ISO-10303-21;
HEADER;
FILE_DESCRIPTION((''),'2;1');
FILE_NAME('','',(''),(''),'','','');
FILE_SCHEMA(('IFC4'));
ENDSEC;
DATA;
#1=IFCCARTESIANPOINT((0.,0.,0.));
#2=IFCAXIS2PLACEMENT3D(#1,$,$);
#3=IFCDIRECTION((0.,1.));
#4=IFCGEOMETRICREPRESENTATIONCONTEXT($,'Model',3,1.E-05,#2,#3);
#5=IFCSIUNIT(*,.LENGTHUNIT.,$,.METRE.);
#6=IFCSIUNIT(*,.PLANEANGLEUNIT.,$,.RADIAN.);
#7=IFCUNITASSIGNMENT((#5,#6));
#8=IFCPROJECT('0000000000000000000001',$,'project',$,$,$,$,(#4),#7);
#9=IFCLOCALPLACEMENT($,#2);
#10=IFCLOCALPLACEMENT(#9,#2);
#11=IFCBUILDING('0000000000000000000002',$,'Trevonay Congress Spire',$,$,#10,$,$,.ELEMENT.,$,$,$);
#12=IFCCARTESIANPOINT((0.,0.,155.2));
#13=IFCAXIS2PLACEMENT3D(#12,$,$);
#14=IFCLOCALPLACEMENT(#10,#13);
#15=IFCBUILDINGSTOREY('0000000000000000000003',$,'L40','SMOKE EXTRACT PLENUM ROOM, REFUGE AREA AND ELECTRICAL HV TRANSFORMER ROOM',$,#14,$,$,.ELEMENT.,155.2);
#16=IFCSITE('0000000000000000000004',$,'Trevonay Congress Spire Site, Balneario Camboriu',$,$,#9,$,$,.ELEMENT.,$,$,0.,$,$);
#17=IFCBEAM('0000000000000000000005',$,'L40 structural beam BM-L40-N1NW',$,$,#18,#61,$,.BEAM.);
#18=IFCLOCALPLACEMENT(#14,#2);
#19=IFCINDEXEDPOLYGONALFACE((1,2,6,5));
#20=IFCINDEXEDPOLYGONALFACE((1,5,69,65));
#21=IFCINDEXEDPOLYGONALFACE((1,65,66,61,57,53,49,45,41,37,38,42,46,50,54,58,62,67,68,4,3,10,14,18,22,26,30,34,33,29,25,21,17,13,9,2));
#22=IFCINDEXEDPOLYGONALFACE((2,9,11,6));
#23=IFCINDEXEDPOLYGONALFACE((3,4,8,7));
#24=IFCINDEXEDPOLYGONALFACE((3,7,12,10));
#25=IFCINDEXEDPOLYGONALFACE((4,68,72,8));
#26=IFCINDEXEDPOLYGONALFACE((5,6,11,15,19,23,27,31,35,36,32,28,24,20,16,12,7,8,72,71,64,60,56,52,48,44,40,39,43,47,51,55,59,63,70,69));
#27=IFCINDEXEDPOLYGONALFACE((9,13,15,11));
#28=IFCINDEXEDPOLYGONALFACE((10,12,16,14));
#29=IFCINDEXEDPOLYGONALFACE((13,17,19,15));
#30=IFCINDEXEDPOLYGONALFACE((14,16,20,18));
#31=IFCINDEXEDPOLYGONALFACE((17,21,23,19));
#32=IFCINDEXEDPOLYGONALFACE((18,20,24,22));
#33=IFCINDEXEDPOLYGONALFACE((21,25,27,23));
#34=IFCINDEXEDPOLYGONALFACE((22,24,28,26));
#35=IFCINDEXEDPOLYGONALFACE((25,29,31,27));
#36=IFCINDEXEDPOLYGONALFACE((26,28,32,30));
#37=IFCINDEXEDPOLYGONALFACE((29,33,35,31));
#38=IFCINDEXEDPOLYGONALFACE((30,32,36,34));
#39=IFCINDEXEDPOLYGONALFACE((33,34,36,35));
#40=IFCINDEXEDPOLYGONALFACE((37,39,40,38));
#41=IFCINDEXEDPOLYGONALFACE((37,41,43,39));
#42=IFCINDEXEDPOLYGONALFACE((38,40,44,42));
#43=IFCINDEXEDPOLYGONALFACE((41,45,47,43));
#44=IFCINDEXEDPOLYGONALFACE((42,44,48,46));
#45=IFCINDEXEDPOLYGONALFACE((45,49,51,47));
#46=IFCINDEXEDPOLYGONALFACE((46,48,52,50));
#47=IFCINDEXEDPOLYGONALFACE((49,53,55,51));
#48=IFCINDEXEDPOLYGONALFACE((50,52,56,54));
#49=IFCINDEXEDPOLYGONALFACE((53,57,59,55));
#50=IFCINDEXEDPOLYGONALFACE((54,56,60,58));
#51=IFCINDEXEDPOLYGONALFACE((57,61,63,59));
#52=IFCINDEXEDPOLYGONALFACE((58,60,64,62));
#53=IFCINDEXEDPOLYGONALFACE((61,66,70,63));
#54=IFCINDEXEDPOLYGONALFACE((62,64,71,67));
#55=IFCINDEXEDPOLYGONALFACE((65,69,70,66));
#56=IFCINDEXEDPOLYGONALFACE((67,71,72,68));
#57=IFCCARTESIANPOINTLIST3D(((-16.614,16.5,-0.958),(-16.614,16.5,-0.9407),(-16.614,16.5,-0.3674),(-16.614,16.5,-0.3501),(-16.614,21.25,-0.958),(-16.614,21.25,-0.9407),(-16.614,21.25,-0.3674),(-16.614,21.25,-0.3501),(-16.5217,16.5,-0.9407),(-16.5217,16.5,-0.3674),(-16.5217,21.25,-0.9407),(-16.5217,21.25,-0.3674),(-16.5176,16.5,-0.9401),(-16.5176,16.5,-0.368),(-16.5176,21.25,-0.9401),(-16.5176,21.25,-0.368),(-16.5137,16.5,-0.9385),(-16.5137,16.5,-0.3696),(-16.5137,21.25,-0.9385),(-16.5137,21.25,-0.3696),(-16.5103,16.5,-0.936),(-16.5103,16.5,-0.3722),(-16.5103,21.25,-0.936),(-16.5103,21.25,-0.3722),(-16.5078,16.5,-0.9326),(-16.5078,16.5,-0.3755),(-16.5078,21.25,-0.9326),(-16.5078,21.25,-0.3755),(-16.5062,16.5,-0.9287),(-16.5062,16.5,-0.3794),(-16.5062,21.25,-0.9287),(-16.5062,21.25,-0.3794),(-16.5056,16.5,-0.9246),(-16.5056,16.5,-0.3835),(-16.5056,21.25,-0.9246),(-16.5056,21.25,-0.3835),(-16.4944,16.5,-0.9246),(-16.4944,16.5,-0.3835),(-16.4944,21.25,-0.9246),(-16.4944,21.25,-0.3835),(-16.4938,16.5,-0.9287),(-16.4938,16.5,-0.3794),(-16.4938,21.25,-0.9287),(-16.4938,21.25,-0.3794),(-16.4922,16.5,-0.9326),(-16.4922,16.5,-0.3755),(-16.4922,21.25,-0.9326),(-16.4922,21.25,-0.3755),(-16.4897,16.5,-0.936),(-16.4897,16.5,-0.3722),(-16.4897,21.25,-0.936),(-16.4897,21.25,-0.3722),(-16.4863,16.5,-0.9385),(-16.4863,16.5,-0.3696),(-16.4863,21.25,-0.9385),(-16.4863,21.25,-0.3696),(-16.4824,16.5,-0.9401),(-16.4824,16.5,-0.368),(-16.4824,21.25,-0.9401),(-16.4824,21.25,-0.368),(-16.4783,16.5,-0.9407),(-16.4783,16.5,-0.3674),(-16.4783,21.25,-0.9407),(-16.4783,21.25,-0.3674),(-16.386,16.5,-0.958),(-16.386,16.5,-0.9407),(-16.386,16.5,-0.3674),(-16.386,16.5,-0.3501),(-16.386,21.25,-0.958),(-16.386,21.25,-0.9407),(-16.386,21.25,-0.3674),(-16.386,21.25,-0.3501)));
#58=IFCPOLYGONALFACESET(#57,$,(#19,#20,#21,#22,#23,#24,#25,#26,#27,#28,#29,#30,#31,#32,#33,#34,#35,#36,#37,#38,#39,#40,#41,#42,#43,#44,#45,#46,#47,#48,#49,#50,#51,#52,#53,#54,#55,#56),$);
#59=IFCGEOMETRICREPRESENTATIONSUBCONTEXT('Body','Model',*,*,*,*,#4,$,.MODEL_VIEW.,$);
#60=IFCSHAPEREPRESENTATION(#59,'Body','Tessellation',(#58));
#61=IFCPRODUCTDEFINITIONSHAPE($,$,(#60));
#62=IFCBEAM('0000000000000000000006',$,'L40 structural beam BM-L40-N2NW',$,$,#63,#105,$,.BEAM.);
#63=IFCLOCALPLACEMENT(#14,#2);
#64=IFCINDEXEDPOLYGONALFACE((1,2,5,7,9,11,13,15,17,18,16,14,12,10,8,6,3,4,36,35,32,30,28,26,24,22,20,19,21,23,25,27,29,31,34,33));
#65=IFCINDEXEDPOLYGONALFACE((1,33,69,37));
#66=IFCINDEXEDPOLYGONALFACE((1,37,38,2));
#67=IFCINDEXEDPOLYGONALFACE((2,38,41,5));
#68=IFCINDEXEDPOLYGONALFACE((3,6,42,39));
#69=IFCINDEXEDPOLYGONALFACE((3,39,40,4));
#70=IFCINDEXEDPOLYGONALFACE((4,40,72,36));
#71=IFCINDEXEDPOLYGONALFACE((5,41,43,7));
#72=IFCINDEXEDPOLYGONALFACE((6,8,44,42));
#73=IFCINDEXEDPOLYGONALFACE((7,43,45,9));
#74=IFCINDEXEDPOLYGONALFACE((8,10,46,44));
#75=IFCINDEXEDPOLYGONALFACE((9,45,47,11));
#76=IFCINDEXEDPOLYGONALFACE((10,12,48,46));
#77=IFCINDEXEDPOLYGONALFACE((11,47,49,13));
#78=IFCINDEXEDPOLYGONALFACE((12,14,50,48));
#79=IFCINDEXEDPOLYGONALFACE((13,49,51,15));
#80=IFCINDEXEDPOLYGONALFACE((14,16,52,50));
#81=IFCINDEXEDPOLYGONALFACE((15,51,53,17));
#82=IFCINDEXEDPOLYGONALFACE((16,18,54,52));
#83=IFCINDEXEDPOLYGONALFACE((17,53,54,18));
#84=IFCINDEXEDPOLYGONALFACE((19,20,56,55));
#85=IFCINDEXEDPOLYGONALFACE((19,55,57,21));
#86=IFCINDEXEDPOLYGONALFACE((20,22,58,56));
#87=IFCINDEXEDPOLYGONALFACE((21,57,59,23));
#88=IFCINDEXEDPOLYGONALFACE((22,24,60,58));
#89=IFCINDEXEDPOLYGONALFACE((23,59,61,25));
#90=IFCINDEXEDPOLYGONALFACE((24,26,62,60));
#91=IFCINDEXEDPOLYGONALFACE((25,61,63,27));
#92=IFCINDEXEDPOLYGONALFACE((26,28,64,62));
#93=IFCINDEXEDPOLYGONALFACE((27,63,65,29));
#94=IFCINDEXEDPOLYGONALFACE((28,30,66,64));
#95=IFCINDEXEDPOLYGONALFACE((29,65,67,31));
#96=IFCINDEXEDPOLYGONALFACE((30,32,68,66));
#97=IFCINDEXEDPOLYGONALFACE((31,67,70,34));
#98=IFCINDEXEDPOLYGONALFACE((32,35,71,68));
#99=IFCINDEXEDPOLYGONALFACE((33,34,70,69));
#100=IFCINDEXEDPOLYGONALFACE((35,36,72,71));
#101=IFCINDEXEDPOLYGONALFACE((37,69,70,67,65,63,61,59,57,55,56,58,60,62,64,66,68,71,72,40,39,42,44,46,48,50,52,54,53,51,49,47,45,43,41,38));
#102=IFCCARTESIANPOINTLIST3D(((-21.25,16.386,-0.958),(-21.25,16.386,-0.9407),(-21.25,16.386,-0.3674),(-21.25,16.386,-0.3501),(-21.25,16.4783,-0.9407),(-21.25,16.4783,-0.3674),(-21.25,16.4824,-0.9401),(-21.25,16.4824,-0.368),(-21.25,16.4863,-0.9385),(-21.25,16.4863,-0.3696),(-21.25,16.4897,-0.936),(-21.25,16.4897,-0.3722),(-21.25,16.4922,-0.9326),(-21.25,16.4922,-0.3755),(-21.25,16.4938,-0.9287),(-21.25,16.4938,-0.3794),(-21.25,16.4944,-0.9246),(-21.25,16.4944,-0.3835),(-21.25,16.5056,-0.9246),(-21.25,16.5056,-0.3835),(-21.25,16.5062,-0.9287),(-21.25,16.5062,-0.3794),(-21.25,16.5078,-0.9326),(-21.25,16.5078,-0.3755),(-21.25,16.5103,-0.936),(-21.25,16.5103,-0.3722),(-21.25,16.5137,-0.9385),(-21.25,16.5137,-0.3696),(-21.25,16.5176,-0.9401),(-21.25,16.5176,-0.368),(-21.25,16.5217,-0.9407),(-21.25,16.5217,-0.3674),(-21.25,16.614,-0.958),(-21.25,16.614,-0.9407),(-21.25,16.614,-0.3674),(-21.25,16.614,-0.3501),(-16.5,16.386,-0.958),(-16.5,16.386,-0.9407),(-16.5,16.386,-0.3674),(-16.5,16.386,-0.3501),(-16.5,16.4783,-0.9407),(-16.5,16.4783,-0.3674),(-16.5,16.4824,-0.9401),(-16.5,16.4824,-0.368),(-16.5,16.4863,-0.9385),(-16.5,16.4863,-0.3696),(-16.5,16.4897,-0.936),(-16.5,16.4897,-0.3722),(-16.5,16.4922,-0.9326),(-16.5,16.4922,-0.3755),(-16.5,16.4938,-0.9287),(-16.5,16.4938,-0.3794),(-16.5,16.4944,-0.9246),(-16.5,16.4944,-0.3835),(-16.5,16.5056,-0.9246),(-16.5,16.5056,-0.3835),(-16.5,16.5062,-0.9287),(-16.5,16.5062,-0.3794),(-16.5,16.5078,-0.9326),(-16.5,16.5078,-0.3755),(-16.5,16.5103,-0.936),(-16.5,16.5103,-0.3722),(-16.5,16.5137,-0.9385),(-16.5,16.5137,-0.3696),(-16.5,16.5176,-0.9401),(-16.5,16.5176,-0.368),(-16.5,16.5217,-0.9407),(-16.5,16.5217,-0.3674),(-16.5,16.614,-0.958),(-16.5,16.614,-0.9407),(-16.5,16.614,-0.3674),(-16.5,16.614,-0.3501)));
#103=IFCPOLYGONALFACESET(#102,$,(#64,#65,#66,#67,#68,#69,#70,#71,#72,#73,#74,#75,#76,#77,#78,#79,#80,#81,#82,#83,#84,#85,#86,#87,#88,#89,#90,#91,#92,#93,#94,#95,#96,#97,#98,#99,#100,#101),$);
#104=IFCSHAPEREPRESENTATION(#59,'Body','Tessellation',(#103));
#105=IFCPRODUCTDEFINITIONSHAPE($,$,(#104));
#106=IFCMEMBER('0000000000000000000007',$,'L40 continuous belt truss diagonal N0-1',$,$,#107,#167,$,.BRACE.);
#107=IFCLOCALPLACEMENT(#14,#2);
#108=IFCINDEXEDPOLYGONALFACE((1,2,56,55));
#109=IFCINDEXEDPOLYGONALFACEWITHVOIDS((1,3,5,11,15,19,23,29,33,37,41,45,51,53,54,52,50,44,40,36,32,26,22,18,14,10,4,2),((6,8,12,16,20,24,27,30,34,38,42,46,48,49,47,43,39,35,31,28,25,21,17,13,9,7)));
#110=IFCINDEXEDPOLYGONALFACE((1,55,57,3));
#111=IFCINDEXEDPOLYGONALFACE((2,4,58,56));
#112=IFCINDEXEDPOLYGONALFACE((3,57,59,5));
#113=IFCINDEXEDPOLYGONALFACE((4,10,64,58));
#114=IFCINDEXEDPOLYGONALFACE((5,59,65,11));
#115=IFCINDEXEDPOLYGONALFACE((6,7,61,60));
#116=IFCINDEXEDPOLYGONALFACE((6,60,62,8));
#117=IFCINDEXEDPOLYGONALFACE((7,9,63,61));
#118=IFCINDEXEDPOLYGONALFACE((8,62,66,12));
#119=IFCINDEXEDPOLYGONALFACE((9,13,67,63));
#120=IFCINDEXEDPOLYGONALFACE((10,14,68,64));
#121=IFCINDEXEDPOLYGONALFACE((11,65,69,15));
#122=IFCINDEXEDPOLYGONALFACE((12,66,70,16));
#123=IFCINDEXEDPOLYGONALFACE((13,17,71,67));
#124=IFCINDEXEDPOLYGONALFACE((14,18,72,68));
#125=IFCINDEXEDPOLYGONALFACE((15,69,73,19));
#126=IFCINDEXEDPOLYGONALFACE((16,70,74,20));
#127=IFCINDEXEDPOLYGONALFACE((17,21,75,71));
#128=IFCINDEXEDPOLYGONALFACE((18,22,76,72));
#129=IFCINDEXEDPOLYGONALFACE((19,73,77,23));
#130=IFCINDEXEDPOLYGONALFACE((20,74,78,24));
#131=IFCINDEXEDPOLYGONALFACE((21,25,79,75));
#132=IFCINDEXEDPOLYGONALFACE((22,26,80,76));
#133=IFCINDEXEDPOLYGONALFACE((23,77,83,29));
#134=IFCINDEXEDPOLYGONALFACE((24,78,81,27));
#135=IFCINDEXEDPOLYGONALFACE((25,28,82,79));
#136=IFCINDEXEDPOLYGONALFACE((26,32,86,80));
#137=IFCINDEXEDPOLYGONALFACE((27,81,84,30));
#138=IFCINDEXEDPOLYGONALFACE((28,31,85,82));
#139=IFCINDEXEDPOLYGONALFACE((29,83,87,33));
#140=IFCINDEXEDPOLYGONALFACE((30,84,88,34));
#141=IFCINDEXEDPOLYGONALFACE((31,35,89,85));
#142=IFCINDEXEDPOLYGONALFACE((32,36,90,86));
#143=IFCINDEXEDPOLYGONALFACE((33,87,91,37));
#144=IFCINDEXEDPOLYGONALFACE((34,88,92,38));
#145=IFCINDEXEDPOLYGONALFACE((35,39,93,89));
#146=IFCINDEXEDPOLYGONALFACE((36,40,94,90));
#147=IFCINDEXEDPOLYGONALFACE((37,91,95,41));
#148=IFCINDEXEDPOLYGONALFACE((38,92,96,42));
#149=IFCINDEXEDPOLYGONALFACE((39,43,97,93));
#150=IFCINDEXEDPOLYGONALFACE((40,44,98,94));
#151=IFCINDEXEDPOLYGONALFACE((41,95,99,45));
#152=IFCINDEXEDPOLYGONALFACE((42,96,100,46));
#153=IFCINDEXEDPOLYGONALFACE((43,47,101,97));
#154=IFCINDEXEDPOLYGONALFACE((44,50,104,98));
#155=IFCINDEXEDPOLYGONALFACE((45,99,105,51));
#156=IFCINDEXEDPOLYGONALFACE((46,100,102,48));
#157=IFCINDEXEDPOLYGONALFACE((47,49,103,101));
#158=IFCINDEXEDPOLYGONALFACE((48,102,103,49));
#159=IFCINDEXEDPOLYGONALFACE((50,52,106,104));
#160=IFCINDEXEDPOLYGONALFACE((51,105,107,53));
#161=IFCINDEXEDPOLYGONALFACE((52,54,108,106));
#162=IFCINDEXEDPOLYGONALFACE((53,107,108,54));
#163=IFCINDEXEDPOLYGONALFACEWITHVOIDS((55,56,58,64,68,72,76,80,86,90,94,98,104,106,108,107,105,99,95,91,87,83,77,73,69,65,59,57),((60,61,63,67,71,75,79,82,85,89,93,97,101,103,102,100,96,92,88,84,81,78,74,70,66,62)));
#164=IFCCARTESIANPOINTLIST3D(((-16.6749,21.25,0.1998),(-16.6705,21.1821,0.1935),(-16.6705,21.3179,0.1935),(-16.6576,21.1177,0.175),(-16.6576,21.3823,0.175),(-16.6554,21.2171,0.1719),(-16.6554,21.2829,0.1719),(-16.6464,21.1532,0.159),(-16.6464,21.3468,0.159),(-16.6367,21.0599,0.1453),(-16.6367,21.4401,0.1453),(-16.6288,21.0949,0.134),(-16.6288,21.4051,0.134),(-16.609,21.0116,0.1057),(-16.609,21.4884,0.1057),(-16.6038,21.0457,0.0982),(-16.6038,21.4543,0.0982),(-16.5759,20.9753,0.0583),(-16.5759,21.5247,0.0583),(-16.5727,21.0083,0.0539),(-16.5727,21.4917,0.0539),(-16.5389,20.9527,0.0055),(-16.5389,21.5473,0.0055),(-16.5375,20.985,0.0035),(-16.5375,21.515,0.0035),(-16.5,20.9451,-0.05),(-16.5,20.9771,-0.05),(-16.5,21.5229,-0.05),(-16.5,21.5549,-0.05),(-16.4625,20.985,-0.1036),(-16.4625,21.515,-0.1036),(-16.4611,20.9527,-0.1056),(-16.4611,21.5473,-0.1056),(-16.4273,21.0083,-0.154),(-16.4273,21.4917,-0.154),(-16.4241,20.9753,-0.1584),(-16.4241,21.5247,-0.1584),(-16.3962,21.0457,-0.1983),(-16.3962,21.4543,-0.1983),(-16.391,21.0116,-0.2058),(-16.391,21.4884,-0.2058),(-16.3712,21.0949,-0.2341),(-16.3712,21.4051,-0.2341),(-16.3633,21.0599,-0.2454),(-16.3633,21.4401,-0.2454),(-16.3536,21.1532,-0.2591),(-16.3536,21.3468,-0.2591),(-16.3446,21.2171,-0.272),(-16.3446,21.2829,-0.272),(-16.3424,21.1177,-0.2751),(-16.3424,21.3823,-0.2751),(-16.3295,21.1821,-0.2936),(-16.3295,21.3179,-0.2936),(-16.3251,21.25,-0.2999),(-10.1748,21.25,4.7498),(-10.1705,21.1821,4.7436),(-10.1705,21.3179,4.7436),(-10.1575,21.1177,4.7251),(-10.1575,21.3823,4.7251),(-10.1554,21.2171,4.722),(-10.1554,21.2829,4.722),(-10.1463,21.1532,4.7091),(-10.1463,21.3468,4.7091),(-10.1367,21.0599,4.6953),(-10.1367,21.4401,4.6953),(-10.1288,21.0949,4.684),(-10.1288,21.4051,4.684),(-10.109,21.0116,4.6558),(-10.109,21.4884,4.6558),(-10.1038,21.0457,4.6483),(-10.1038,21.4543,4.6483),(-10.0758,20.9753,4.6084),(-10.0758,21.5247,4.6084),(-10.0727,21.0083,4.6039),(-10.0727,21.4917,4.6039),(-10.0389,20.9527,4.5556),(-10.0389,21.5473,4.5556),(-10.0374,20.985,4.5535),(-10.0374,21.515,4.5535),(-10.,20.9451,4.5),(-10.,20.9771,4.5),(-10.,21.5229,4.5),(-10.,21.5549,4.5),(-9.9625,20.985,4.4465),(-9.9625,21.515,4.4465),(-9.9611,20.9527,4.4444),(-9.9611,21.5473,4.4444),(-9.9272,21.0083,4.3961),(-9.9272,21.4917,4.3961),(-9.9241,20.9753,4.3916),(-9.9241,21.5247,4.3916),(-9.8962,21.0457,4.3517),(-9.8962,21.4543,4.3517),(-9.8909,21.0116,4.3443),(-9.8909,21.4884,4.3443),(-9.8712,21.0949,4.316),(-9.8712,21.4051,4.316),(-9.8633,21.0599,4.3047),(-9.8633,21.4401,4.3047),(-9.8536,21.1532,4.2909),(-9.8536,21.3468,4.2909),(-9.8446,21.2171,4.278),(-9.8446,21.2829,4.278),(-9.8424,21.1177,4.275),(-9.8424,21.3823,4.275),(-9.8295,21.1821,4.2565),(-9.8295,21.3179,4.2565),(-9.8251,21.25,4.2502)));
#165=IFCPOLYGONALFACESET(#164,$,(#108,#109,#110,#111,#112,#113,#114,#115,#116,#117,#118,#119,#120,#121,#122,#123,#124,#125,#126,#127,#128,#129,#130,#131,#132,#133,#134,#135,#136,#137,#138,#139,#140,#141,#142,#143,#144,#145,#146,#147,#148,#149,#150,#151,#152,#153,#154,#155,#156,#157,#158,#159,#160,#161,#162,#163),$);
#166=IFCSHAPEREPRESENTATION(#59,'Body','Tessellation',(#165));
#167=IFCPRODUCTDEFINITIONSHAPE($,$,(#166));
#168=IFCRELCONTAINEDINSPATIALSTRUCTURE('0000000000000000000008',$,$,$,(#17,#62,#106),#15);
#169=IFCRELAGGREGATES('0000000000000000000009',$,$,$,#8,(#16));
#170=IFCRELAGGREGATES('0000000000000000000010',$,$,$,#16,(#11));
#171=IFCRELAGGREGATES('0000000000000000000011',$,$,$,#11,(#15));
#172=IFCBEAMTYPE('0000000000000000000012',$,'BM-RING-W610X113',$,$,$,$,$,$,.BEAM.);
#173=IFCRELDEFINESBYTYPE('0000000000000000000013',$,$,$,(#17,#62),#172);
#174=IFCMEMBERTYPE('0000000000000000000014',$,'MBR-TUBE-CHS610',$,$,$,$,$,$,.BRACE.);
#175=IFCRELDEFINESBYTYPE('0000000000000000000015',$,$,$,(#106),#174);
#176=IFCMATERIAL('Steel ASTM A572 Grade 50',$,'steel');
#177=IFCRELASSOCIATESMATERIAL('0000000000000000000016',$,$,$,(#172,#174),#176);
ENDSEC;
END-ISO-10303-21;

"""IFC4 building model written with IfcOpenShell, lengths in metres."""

from ifc_helpers import new_model, si_unit, direction, frame, origin, origin_2d, place, context, subcontext, project, spatial, hollow_circle, i_section, extrude, material, material_profile, profile_set, type_object, element, save


model = new_model("IFC4")

# Units and contexts
model_context = context("Model", 3, precision=1e-05, world=origin(), true_north=direction((0.0, 1.0)))
body_context = subcontext(model_context, "Body", "Model", "MODEL_VIEW")
ifc_project = project(units=[si_unit("LENGTHUNIT", "METRE"), si_unit("PLANEANGLEUNIT", "RADIAN")], contexts=[model_context])

# Site, building, storey
site_placement = place(None, origin())
site = spatial("IfcSite", under=ifc_project, at=site_placement, Name="Trevonay Congress Spire Site, Balneario Camboriu", CompositionType="ELEMENT", RefElevation=0.0)
building_placement = place(site_placement, origin())
building = spatial("IfcBuilding", under=site, at=building_placement, Name="Trevonay Congress Spire", CompositionType="ELEMENT")
storey_placement = place(building_placement, frame((0.0, 0.0, 155.2)))
storey = spatial("IfcBuildingStorey", under=building, at=storey_placement, Name="L40", Description="SMOKE EXTRACT PLENUM ROOM, REFUGE AREA AND ELECTRICAL HV TRANSFORMER ROOM", CompositionType="ELEMENT", Elevation=155.2)

# Shared definitions
ifc_material_1 = material(Name="Steel ASTM A572 Grade 50", Category="steel")

# Beams
ifc_material_profile_1 = material_profile(ifc_material_1, i_section(OverallWidth=0.228, OverallDepth=0.6079, WebThickness=0.0112, FlangeThickness=0.0173, FilletRadius=0.0161, at=origin_2d()), Name="W610x113")
ifc_profile_set_1 = profile_set([ifc_material_profile_1], Name="Steel ASTM A572 Grade 50")
beam_type = type_object("IfcBeamType", Name="BM-RING-W610X113", PredefinedType="BEAM", material=ifc_profile_set_1)
for number, where, z_axis, x_axis, name in (
    (1, (-16.5, 21.25, -0.6541), (0.0, -1.0, 0.0), (1.0, 0.0, 0.0), "L40 structural beam BM-L40-N1NW"),
    (2, (-21.25, 16.5, -0.6541), (1.0, 0.0, 0.0), (0.0, 1.0, 0.0), "L40 structural beam BM-L40-N2NW"),
):
    element("IfcBeam", number, at=place(storey_placement, frame(where, z_axis=z_axis, x_axis=x_axis)), inside=storey, type_object=beam_type, Name=name, PredefinedType="BEAM", context=body_context, shape_type="SweptSolid", body=[
        extrude(i_section(OverallWidth=0.228, OverallDepth=0.6079, WebThickness=0.0112, FlangeThickness=0.0173, FilletRadius=0.0161, at=origin_2d()), origin(), (0.0, 0.0, 1.0), 4.75),
    ])

# Member
ifc_material_profile_2 = material_profile(ifc_material_1, hollow_circle(Radius=0.3049, WallThickness=0.032, at=origin_2d()), Name="CHS 610x32")
ifc_profile_set_2 = profile_set([ifc_material_profile_2], Name="Steel ASTM A572 Grade 50")
member_type = type_object("IfcMemberType", Name="MBR-TUBE-CHS610", PredefinedType="BRACE", material=ifc_profile_set_2)
member_1_placement = place(storey_placement, frame((-16.5, 21.25, -0.05), z_axis=(0.819229, 0.0, 0.573466), x_axis=(0.0, 1.0, 0.0)))
element("IfcMember", 3, at=member_1_placement, inside=storey, type_object=member_type, Name="L40 continuous belt truss diagonal N0-1", PredefinedType="BRACE", context=body_context, shape_type="SweptSolid", body=[
    extrude(hollow_circle(Radius=0.3049, WallThickness=0.032, at=origin_2d()), origin(), (0.0, 0.0, 1.0), 7.9343),
])

save(model, "model.ifc")
